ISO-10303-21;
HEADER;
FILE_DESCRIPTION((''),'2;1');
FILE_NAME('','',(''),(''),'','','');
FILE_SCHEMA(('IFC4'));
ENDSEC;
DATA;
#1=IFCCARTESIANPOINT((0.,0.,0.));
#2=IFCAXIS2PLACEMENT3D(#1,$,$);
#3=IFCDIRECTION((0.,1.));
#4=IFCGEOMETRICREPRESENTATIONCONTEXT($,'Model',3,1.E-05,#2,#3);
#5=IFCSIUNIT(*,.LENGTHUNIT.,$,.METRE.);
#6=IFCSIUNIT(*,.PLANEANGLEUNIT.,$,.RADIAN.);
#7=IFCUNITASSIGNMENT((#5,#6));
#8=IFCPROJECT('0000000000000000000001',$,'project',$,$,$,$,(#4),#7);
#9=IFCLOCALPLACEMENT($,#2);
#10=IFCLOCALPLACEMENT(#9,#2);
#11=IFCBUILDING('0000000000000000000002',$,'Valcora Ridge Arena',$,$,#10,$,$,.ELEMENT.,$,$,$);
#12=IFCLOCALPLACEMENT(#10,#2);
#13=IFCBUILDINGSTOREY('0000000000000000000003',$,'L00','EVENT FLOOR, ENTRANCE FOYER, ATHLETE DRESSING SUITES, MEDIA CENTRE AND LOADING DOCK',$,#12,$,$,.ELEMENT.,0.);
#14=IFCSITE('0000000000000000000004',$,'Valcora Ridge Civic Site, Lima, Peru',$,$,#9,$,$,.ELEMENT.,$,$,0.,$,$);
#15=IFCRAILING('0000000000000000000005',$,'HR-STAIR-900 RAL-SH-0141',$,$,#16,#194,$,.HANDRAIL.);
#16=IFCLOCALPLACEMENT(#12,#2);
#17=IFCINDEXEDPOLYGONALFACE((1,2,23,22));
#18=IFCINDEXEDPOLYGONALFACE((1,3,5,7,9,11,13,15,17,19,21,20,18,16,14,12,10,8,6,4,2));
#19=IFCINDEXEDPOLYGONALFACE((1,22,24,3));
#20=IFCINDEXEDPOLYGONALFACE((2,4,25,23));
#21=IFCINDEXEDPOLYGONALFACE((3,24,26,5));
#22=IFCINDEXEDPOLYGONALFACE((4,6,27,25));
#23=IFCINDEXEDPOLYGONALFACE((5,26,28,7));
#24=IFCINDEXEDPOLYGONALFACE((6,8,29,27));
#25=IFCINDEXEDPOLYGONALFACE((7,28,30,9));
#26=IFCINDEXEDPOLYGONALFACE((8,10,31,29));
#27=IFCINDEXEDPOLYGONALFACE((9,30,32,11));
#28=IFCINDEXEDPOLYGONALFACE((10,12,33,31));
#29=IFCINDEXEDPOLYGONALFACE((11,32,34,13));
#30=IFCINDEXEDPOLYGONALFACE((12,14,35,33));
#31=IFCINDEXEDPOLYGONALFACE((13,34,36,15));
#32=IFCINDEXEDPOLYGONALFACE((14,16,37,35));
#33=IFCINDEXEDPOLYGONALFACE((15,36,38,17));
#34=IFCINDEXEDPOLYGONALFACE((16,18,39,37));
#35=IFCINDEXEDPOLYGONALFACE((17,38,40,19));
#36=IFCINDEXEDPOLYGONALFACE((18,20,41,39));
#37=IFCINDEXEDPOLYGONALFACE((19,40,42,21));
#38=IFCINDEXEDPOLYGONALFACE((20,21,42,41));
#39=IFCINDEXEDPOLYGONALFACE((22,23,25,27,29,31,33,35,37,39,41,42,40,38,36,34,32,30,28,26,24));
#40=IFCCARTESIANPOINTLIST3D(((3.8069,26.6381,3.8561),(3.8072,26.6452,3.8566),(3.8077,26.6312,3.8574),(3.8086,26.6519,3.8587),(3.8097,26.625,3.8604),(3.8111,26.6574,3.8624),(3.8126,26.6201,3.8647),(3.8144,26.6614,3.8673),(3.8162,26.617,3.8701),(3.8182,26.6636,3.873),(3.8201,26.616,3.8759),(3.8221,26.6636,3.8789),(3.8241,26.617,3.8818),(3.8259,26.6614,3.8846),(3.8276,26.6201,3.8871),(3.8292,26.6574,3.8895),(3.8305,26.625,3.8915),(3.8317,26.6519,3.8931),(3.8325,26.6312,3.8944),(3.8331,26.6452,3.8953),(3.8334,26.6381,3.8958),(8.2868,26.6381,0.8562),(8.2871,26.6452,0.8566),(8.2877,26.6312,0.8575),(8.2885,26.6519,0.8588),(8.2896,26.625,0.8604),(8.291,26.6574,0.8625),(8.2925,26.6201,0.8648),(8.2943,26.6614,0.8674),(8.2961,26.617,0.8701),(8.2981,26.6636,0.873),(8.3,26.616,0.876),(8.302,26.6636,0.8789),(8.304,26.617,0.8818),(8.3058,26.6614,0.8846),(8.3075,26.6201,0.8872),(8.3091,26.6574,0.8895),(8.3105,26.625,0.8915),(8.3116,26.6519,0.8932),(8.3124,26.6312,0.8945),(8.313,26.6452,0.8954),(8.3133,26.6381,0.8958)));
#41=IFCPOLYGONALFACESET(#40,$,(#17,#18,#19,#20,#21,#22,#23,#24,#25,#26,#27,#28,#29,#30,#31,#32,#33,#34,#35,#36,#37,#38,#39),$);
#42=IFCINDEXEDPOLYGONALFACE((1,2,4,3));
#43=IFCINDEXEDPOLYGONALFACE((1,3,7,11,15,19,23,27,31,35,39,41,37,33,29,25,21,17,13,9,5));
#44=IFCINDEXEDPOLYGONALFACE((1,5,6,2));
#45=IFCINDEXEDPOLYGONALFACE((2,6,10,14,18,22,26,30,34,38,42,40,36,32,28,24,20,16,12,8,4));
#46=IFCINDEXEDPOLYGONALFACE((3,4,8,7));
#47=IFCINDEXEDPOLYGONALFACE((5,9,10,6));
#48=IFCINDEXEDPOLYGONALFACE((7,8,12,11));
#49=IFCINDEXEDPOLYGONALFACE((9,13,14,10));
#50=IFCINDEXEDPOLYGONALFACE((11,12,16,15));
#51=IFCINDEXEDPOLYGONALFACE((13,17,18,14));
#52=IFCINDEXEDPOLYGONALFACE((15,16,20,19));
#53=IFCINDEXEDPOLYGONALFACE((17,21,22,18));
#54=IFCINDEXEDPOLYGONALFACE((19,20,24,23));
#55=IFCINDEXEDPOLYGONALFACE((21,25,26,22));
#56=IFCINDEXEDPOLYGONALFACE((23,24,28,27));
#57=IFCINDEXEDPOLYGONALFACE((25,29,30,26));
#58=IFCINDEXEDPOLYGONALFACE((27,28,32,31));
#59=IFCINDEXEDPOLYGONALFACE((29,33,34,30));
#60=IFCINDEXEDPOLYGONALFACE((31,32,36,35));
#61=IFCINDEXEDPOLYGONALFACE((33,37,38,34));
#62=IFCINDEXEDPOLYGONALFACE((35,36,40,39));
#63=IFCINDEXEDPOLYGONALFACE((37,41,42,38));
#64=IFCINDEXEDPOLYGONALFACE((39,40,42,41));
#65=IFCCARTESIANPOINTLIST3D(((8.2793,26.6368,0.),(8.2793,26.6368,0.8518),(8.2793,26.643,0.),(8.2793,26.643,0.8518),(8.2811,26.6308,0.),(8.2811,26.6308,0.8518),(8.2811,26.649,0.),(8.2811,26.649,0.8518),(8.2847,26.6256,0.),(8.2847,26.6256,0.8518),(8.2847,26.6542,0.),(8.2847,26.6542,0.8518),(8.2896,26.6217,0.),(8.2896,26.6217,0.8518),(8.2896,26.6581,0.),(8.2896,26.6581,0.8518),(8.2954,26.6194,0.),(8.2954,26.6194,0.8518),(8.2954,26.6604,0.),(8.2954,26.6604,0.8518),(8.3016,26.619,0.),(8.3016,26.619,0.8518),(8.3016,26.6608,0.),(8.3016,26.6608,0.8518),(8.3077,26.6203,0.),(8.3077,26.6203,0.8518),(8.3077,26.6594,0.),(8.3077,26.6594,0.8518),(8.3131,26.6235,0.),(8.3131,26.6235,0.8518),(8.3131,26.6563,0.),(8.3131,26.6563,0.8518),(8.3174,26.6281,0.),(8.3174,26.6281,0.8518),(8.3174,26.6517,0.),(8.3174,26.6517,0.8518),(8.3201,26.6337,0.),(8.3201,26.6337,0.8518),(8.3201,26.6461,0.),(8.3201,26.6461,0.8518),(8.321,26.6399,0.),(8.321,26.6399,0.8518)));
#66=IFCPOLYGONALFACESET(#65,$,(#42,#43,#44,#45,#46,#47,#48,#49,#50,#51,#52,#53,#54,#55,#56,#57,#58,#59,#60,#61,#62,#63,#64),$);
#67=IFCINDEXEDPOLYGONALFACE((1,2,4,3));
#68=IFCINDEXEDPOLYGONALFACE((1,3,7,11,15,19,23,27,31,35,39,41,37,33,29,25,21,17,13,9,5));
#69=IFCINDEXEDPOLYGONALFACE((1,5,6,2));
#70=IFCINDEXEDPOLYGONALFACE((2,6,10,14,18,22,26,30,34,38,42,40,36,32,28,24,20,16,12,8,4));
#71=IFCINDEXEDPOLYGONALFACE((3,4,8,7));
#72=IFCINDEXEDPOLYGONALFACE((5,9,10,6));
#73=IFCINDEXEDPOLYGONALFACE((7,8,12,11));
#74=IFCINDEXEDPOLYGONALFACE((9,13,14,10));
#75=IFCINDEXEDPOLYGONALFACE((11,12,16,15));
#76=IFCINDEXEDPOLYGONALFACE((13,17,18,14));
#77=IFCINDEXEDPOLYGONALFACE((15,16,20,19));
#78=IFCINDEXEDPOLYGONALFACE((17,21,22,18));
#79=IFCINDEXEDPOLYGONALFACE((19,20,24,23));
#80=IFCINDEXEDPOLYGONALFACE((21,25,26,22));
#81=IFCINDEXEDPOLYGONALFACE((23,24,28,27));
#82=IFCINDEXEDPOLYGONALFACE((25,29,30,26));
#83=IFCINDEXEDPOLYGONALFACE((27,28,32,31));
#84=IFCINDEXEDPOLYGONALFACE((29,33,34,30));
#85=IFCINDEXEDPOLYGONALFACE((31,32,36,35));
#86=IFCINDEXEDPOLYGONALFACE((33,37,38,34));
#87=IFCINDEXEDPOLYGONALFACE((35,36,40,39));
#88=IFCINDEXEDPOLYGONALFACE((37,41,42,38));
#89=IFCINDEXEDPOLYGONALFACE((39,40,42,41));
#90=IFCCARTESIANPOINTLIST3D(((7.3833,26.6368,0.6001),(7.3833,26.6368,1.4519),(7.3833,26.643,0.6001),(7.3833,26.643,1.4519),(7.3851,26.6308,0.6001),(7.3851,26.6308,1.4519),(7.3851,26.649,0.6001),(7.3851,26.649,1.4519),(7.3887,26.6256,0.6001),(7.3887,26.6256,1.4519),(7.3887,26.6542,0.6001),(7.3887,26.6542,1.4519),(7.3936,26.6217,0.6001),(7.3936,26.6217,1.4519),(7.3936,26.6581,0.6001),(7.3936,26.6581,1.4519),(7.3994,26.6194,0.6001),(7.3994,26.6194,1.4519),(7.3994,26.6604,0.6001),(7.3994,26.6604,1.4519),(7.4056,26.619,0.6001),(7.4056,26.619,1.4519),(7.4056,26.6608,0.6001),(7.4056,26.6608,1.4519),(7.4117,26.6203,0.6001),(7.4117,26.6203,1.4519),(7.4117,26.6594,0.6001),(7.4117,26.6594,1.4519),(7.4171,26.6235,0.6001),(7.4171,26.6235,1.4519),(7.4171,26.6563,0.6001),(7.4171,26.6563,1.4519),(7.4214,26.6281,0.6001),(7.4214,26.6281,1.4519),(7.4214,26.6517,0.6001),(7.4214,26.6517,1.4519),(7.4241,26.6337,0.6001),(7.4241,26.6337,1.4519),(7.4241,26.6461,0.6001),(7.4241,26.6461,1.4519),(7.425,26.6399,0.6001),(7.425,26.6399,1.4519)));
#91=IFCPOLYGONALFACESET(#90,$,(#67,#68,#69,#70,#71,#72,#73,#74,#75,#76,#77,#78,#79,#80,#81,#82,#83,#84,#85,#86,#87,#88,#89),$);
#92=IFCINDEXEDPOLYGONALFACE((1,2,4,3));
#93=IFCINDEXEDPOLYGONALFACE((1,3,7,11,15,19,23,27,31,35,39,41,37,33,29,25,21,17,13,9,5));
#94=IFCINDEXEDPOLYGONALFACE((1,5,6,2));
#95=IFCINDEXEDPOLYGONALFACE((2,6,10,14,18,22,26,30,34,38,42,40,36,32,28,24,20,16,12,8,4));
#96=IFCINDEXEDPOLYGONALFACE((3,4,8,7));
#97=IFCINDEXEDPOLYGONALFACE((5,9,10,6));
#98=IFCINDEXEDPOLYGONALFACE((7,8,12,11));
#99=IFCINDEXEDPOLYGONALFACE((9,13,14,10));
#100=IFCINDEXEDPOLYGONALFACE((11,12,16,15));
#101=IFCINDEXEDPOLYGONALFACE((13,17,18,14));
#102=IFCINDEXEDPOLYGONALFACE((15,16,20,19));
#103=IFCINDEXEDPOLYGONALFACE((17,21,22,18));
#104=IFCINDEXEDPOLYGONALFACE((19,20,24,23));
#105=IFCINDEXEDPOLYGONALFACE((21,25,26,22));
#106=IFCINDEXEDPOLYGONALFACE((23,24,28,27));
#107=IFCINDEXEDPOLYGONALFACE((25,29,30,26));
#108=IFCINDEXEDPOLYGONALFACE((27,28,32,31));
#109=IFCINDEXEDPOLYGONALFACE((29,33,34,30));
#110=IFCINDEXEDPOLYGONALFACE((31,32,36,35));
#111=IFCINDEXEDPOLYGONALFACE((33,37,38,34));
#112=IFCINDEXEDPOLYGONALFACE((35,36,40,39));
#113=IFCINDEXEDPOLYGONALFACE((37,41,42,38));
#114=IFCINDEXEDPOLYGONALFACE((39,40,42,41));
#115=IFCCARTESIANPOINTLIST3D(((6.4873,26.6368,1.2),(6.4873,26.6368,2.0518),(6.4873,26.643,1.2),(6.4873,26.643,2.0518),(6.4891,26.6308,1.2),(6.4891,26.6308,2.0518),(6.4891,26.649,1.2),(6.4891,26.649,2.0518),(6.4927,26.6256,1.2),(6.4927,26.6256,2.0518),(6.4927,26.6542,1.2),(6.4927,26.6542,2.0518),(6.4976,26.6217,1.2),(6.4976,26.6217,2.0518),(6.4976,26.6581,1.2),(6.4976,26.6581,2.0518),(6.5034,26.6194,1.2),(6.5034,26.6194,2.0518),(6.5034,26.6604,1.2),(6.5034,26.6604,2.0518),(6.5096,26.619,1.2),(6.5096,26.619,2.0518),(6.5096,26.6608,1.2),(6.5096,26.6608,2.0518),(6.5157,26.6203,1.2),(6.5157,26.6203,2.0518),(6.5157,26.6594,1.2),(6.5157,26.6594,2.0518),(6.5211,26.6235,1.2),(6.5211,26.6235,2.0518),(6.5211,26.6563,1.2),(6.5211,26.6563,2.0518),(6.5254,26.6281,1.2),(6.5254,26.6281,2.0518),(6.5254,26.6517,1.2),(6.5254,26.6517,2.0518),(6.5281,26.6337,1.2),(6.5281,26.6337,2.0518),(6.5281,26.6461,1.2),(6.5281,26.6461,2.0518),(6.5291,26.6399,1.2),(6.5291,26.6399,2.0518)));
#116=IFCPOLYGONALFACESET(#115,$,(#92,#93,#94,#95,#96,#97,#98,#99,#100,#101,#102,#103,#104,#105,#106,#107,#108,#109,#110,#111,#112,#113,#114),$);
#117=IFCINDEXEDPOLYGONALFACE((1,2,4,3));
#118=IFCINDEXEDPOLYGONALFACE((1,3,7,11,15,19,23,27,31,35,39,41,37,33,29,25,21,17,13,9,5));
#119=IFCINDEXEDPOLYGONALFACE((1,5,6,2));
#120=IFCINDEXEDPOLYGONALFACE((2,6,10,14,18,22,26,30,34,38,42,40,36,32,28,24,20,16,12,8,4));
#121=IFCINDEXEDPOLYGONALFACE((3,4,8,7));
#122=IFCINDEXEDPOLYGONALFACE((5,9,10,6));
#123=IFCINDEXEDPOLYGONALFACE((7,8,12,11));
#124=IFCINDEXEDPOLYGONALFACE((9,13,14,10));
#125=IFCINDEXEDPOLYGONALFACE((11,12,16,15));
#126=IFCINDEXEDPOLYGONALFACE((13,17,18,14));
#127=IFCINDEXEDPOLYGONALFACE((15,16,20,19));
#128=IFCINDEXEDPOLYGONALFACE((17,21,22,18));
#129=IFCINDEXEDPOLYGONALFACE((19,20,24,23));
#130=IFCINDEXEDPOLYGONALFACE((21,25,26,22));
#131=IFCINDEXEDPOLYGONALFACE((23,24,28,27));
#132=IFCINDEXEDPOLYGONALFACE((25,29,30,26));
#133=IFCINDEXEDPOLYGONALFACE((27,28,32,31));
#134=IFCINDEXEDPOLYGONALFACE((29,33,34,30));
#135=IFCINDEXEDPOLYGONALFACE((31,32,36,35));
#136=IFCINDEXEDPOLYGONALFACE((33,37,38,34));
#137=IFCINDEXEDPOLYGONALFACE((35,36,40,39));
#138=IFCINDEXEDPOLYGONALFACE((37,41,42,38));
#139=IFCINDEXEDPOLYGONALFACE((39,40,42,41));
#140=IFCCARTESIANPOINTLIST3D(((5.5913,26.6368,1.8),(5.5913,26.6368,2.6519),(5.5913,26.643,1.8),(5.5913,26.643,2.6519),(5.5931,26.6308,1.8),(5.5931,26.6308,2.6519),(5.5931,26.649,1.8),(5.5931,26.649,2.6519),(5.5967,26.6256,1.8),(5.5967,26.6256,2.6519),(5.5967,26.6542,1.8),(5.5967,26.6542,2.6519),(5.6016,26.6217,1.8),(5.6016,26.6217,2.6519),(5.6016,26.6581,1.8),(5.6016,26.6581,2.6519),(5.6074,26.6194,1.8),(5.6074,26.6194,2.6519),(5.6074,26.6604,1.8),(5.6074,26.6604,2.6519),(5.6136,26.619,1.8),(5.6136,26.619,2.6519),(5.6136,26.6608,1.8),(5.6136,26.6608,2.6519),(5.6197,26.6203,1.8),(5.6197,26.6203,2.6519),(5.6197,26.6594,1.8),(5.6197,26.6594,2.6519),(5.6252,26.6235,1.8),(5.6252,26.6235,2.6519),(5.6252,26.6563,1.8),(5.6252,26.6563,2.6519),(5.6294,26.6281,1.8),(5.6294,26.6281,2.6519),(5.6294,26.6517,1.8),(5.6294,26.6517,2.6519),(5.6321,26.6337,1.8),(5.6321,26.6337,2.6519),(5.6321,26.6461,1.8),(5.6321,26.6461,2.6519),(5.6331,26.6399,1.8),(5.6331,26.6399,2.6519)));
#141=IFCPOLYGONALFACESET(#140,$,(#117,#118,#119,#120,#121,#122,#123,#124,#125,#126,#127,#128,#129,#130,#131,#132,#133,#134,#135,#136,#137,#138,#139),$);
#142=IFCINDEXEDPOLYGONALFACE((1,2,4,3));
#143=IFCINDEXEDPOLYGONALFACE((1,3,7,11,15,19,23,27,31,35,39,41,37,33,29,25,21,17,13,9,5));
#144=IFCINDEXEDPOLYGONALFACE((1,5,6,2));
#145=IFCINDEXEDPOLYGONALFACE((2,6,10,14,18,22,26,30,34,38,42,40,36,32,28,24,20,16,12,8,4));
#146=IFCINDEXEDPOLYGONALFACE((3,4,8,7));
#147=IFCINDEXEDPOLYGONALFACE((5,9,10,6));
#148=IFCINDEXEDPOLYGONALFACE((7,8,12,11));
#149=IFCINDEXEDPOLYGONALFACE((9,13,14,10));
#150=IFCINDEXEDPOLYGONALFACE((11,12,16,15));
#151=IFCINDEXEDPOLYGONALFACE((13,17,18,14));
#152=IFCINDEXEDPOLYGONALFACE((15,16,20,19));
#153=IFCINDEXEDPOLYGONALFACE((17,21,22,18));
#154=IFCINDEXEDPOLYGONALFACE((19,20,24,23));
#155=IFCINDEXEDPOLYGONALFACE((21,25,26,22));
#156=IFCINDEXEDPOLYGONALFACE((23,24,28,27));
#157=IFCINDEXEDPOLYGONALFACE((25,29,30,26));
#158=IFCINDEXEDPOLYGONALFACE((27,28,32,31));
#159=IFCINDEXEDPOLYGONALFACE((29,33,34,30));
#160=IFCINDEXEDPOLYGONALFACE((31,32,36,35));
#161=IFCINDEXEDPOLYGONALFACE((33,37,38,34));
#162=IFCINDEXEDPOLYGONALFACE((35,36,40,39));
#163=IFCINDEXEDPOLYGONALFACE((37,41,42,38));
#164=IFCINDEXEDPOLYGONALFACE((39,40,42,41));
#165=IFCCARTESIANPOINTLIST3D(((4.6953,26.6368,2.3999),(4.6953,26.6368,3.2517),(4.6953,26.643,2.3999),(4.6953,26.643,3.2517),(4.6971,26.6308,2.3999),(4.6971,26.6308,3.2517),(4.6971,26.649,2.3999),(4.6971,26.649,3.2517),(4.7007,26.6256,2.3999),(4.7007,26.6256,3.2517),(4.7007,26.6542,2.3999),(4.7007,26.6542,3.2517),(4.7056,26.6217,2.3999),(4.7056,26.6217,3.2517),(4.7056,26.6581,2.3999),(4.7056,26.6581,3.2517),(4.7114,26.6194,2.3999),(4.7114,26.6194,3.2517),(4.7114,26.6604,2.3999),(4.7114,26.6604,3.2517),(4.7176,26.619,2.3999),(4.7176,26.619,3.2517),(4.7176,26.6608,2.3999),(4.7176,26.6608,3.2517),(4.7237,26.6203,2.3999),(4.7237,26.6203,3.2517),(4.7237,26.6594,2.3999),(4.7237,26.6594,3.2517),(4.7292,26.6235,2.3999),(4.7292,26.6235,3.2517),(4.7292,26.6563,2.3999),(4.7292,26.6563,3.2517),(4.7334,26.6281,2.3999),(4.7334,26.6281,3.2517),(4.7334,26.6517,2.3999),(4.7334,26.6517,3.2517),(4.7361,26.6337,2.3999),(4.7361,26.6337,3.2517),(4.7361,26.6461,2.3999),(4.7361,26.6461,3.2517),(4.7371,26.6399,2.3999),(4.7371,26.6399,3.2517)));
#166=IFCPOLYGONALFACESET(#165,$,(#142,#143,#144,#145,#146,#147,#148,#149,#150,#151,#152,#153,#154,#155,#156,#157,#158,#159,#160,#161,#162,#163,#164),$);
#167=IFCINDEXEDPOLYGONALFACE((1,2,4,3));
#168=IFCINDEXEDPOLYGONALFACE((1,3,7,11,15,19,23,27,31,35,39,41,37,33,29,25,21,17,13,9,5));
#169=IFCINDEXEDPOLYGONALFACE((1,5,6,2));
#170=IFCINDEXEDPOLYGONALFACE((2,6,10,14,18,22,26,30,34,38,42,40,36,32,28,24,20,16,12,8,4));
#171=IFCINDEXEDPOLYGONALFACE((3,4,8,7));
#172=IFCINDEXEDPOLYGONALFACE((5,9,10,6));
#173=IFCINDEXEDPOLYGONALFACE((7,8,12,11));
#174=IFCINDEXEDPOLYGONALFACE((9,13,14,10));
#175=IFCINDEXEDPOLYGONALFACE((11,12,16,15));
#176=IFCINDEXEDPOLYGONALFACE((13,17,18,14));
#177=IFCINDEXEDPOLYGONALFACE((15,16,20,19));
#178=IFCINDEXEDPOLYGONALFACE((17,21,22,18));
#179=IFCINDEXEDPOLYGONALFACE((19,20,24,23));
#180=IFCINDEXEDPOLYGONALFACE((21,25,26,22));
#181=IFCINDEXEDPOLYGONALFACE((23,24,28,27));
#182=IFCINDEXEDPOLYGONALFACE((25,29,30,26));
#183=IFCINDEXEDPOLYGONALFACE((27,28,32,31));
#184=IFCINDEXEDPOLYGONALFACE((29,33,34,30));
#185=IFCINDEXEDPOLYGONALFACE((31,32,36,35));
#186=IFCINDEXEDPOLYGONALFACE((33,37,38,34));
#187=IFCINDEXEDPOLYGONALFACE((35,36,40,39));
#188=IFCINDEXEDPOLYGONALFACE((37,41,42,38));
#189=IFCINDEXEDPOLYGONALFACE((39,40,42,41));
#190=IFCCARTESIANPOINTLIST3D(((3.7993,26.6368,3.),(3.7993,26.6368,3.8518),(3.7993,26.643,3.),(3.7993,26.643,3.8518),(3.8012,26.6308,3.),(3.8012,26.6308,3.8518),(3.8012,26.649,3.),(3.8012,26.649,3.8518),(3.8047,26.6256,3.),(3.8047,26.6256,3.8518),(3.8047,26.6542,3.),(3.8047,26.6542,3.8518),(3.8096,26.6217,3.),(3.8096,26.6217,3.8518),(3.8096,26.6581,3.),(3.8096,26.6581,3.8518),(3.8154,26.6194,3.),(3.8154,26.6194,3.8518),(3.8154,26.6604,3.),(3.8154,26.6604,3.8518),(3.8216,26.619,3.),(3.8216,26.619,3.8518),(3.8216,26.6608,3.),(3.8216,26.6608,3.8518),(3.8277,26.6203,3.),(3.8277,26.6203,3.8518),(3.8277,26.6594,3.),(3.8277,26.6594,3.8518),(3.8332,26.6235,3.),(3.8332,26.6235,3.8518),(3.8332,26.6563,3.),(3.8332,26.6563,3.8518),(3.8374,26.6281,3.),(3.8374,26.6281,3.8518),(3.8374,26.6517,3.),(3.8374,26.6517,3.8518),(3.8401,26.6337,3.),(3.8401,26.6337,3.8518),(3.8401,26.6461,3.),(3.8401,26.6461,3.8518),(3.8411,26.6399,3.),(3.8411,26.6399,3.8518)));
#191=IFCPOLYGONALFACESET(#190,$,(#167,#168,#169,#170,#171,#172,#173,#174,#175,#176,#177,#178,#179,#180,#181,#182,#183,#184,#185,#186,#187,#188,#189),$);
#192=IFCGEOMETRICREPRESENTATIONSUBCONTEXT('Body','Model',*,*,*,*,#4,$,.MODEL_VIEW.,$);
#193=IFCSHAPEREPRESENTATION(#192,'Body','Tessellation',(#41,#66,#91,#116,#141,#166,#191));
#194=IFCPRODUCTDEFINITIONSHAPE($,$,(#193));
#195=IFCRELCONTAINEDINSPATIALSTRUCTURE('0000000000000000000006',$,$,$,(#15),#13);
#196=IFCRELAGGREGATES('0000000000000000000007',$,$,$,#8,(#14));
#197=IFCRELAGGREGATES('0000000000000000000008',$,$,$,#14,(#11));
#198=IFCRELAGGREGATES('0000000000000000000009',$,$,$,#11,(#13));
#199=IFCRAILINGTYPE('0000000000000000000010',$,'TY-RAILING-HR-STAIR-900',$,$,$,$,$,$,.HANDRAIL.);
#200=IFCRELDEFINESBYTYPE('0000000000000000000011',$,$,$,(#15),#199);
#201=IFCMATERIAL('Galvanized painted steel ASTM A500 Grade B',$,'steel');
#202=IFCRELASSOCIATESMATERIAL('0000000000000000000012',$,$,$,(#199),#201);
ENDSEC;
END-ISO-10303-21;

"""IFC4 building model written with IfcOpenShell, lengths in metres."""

from ifc_helpers import new_model, si_unit, direction, frame, origin, origin_2d, place, context, subcontext, project, spatial, circle, extrude, material, type_object, element, save


model = new_model("IFC4")

# Units and contexts
model_context = context("Model", 3, precision=1e-05, world=origin(), true_north=direction((0.0, 1.0)))
body_context = subcontext(model_context, "Body", "Model", "MODEL_VIEW")
ifc_project = project(units=[si_unit("LENGTHUNIT", "METRE"), si_unit("PLANEANGLEUNIT", "RADIAN")], contexts=[model_context])

# Site, building, storey
site_placement = place(None, origin())
site = spatial("IfcSite", under=ifc_project, at=site_placement, Name="Valcora Ridge Civic Site, Lima, Peru", CompositionType="ELEMENT", RefElevation=0.0)
building_placement = place(site_placement, origin())
building = spatial("IfcBuilding", under=site, at=building_placement, Name="Valcora Ridge Arena", CompositionType="ELEMENT")
storey_placement = place(building_placement, origin())
storey = spatial("IfcBuildingStorey", under=building, at=storey_placement, Name="L00", Description="EVENT FLOOR, ENTRANCE FOYER, ATHLETE DRESSING SUITES, MEDIA CENTRE AND LOADING DOCK", CompositionType="ELEMENT", Elevation=0.0)

# Railing
ifc_material_1 = material(Name="Galvanized painted steel ASTM A500 Grade B", Category="steel")
railing_type_1 = type_object("IfcRailingType", Name="TY-RAILING-HR-STAIR-900", PredefinedType="HANDRAIL", material=ifc_material_1)
railing_1_placement = place(storey_placement, frame((8.3, 26.6399, 0.0)))
element("IfcRailing", 1, at=railing_1_placement, inside=storey, type_object=railing_type_1, Name="HR-STAIR-900 RAL-SH-0141", PredefinedType="HANDRAIL", context=body_context, shape_type="SweptSolid", body=[
    extrude(circle(Radius=0.0239, at=origin_2d()), frame((0.0, 0.0, 0.876), z_axis=(-0.830906, 0.0, 0.556413), x_axis=(0.0, -1.0, 0.0)), (0.0, 0.0, 1.0), 5.3916),
    extrude(circle(Radius=0.021, at=origin_2d()), origin(), (0.0, 0.0, 1.0), 0.8518),
    extrude(circle(Radius=0.021, at=origin_2d()), frame((-0.896, 0.0, 0.6001)), (0.0, 0.0, 1.0), 0.8518),
    extrude(circle(Radius=0.021, at=origin_2d()), frame((-1.792, 0.0, 1.2)), (0.0, 0.0, 1.0), 0.8518),
    extrude(circle(Radius=0.021, at=origin_2d()), frame((-2.688, 0.0, 1.8)), (0.0, 0.0, 1.0), 0.8518),
    extrude(circle(Radius=0.021, at=origin_2d()), frame((-3.584, 0.0, 2.3999)), (0.0, 0.0, 1.0), 0.8518),
    extrude(circle(Radius=0.021, at=origin_2d()), frame((-4.48, 0.0, 3.0)), (0.0, 0.0, 1.0), 0.8518),
])

save(model, "model.ifc")
